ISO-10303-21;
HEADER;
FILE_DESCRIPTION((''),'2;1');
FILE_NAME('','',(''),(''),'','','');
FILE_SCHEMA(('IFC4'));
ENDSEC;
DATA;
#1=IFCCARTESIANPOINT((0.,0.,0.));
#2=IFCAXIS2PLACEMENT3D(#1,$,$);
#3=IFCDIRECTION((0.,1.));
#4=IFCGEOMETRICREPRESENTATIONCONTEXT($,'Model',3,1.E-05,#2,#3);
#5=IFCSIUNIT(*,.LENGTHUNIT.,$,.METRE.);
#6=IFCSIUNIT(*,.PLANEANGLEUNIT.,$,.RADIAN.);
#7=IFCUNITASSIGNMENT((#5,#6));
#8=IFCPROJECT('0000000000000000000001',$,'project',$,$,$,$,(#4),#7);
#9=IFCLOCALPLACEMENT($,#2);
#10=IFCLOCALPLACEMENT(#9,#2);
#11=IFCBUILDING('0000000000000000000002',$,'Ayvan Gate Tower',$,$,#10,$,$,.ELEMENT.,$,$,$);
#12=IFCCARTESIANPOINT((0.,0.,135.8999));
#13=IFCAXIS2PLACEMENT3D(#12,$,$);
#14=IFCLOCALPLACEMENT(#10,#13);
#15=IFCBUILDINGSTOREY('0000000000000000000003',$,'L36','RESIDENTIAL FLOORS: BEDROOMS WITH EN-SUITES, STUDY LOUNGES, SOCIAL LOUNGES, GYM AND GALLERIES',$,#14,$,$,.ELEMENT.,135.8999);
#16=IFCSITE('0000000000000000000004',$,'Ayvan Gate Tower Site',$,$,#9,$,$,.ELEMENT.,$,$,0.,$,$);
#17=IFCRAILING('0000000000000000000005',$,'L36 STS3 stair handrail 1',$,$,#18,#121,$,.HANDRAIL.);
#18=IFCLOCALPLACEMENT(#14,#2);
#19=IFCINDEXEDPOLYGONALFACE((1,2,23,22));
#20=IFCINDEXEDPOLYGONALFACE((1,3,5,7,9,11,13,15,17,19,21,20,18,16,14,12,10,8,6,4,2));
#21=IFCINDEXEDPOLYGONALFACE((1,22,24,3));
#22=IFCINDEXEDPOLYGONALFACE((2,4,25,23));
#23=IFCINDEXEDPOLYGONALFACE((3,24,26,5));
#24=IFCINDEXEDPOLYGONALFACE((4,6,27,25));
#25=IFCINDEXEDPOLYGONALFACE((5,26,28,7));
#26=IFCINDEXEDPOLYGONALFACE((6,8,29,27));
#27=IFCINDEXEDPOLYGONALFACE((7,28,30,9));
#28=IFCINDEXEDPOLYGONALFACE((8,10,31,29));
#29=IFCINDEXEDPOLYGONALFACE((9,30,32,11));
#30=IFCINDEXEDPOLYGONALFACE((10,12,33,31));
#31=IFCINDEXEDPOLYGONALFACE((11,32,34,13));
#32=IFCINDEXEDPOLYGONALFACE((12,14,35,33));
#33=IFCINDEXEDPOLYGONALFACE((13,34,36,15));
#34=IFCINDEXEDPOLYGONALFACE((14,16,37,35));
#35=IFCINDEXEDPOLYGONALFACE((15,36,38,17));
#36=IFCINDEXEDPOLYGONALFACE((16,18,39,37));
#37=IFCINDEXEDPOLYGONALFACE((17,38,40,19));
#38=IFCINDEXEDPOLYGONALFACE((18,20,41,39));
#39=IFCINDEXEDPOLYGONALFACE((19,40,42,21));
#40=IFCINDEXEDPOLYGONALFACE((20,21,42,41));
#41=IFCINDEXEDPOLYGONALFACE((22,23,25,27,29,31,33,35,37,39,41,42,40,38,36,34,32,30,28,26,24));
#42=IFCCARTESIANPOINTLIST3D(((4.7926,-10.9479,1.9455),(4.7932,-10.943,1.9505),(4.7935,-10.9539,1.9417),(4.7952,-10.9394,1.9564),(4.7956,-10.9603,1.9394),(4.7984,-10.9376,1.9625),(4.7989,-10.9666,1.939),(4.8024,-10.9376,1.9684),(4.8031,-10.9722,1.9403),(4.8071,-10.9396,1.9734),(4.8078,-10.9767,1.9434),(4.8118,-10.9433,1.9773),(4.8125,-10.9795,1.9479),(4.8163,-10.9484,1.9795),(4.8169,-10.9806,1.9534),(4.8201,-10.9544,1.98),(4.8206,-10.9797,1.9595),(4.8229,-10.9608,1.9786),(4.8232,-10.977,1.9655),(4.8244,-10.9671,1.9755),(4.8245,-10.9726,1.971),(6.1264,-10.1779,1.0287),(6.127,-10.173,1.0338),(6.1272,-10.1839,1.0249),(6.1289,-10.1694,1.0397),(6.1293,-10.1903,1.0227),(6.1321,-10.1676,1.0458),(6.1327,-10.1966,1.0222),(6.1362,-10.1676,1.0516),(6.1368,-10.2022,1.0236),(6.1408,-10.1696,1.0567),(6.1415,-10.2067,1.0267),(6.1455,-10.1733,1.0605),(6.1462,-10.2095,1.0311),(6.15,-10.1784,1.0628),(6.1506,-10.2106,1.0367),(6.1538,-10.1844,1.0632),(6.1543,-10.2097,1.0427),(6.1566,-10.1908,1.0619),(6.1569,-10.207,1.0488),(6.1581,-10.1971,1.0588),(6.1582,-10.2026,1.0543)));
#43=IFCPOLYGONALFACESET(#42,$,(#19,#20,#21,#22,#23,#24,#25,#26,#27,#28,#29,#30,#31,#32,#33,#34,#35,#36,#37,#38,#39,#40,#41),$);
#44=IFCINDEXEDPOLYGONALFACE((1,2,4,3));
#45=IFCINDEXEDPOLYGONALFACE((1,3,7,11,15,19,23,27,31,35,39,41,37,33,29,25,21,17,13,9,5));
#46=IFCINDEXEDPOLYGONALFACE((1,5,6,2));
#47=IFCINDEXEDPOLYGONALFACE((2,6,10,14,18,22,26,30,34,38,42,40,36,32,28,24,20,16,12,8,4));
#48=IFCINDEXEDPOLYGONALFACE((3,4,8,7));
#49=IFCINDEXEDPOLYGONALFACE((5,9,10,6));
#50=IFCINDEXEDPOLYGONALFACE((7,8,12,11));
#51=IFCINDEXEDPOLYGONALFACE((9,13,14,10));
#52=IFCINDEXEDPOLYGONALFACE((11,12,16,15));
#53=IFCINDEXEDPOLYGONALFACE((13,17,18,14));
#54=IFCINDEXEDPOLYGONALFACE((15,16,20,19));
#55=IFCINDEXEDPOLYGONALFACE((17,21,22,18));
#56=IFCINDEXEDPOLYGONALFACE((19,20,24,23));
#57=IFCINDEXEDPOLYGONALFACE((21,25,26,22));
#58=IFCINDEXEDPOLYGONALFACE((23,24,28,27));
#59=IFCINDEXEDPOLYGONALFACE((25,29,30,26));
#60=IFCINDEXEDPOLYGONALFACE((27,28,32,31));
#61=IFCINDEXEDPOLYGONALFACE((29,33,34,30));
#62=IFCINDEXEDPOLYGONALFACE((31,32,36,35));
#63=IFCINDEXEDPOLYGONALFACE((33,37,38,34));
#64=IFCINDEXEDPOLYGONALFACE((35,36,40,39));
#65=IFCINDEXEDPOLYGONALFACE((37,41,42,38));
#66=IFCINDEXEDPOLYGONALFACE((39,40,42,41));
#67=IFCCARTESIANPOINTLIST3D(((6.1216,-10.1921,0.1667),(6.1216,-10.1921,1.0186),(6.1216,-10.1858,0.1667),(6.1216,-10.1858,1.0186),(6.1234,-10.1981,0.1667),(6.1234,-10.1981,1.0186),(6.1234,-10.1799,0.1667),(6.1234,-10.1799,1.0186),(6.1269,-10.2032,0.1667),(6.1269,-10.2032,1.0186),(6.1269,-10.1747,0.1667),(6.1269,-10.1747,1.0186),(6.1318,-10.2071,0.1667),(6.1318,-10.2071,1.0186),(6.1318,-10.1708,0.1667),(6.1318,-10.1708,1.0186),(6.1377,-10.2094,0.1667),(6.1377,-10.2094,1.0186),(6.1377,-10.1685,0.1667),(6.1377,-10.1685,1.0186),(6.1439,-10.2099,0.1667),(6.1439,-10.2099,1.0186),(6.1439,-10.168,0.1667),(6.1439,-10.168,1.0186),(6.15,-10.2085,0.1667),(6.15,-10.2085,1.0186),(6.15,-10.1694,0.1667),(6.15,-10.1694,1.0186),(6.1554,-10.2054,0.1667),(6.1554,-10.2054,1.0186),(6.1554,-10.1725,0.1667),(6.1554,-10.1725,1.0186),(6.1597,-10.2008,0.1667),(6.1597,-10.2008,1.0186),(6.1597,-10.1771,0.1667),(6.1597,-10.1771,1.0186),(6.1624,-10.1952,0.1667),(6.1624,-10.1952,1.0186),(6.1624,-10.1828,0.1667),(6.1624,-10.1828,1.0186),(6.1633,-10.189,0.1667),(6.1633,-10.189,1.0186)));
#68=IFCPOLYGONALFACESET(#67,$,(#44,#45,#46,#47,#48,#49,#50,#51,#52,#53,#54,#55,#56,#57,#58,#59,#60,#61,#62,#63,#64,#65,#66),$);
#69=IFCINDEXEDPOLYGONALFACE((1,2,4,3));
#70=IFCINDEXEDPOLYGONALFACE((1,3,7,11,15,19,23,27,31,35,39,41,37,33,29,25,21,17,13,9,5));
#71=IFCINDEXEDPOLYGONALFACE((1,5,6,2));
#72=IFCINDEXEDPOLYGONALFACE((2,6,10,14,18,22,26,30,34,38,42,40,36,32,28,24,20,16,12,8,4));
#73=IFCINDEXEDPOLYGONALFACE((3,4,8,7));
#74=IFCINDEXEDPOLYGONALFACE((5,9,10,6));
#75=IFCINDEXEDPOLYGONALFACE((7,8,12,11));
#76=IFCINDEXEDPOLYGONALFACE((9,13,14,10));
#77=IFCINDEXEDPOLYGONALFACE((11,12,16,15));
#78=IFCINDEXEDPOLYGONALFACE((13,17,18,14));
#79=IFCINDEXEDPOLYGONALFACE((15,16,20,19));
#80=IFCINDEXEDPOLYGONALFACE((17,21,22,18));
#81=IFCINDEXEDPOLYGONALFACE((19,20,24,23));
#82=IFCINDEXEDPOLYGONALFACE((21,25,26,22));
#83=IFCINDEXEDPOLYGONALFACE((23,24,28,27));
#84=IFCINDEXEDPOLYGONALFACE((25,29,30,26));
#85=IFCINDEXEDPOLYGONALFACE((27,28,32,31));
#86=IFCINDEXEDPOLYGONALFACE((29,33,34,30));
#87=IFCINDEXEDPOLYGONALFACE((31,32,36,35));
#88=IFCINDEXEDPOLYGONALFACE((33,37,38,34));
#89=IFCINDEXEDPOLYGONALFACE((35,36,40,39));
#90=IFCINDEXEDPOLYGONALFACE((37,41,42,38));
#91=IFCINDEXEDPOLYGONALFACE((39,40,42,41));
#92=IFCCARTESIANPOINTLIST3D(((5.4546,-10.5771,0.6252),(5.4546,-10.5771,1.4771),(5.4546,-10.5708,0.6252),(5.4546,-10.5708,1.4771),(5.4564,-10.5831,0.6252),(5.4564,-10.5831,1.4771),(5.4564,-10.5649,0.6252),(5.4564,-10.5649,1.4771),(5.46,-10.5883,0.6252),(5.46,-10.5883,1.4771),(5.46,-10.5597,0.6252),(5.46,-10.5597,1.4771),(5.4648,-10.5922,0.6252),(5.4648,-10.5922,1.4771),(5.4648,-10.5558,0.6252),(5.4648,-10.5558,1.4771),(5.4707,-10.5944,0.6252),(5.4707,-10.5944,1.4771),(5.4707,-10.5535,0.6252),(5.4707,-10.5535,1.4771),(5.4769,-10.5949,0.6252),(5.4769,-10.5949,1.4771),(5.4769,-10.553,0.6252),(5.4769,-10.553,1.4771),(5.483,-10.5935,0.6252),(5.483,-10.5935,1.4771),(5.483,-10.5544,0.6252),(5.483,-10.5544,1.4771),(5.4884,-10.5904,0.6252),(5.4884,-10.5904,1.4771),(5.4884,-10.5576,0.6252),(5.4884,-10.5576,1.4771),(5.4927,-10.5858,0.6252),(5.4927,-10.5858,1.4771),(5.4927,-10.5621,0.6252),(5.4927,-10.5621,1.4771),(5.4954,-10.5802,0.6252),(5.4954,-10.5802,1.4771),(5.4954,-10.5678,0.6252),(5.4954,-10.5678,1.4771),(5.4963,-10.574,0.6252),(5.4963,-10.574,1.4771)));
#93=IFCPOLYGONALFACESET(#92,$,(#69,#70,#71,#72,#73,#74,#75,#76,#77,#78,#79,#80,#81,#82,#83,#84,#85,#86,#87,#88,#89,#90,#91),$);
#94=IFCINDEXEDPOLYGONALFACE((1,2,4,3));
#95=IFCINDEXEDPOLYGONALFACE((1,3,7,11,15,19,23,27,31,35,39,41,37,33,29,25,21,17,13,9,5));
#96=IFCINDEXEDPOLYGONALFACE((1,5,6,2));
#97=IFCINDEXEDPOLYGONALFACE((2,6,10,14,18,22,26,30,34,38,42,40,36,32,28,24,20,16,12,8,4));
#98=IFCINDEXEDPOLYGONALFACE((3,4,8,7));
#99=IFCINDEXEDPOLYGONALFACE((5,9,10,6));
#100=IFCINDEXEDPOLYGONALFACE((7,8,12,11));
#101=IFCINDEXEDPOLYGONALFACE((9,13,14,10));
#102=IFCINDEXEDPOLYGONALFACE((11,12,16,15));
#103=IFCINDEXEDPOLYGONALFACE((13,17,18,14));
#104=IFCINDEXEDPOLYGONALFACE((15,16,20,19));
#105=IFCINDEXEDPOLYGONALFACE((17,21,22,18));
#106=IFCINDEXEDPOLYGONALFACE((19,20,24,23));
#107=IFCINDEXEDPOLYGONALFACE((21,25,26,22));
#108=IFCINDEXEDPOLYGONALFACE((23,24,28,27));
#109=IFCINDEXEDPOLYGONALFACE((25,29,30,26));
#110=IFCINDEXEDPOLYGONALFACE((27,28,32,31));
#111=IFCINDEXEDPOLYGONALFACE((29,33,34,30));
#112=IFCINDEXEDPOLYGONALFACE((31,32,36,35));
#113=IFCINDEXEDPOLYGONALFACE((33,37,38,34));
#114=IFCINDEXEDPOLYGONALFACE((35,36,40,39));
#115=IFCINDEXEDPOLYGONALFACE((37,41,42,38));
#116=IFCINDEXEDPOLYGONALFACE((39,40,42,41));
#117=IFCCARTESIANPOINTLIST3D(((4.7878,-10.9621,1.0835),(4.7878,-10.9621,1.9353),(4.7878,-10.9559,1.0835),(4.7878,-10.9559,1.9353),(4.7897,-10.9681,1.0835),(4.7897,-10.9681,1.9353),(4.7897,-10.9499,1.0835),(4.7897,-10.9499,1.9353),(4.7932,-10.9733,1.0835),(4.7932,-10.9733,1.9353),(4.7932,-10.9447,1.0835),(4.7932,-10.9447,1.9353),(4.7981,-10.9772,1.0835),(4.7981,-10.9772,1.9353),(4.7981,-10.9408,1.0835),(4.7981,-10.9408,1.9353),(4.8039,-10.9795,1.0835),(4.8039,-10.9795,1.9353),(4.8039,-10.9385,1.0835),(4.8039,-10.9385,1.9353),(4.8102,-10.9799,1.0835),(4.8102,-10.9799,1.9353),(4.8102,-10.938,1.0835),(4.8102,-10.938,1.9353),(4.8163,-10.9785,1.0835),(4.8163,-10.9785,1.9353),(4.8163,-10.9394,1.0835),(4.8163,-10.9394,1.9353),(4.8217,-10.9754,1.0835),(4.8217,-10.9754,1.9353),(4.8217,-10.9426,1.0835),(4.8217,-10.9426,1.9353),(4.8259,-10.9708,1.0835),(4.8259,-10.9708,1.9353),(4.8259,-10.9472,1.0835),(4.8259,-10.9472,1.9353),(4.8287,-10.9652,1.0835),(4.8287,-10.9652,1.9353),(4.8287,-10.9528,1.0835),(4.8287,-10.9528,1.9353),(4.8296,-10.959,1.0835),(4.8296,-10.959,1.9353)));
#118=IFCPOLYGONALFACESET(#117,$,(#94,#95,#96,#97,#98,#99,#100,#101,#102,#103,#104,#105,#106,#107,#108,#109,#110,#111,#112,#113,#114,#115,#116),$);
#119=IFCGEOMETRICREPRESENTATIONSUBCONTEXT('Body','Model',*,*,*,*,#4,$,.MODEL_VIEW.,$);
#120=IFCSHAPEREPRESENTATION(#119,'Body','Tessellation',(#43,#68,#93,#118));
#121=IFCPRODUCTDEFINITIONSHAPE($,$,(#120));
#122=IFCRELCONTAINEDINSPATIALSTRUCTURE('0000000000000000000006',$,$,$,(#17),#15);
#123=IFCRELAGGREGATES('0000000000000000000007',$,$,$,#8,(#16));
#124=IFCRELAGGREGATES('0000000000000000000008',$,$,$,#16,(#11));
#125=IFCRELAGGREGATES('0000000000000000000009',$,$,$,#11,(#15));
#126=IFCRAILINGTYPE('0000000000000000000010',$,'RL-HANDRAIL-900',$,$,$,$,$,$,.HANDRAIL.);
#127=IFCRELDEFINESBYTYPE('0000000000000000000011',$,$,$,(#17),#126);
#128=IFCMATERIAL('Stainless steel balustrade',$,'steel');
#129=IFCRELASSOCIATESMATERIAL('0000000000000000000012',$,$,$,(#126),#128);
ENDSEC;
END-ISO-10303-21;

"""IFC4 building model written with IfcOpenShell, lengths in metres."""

from ifc_helpers import new_model, si_unit, direction, frame, origin, origin_2d, place, context, subcontext, project, spatial, circle, extrude, material, type_object, element, save


model = new_model("IFC4")

# Units and contexts
model_context = context("Model", 3, precision=1e-05, world=origin(), true_north=direction((0.0, 1.0)))
body_context = subcontext(model_context, "Body", "Model", "MODEL_VIEW")
ifc_project = project(units=[si_unit("LENGTHUNIT", "METRE"), si_unit("PLANEANGLEUNIT", "RADIAN")], contexts=[model_context])

# Site, building, storey
site_placement = place(None, origin())
site = spatial("IfcSite", under=ifc_project, at=site_placement, Name="Ayvan Gate Tower Site", CompositionType="ELEMENT", RefElevation=0.0)
building_placement = place(site_placement, origin())
building = spatial("IfcBuilding", under=site, at=building_placement, Name="Ayvan Gate Tower", CompositionType="ELEMENT")
storey_placement = place(building_placement, frame((0.0, 0.0, 135.8999)))
storey = spatial("IfcBuildingStorey", under=building, at=storey_placement, Name="L36", Description="RESIDENTIAL FLOORS: BEDROOMS WITH EN-SUITES, STUDY LOUNGES, SOCIAL LOUNGES, GYM AND GALLERIES", CompositionType="ELEMENT", Elevation=135.8999)

# Railing
ifc_material_1 = material(Name="Stainless steel balustrade", Category="steel")
railing_type_1 = type_object("IfcRailingType", Name="RL-HANDRAIL-900", PredefinedType="HANDRAIL", material=ifc_material_1)
railing_1_placement = place(storey_placement, frame((6.1423, -10.189, 0.1667)))
element("IfcRailing", 1, at=railing_1_placement, inside=storey, type_object=railing_type_1, Name="L36 STS3 stair handrail 1", PredefinedType="HANDRAIL", context=body_context, shape_type="SweptSolid", body=[
    extrude(circle(Radius=0.0239, at=origin_2d()), frame((0.0, 0.0, 0.876), z_axis=(-0.744164, -0.429634, 0.511502), x_axis=(0.499992, -0.86603, 0.0)), (0.0, 0.0, 1.0), 1.7922),
    extrude(circle(Radius=0.021, at=origin_2d()), origin(), (0.0, 0.0, 1.0), 0.8518),
    extrude(circle(Radius=0.021, at=origin_2d()), frame((-0.667, -0.385, 0.4585)), (0.0, 0.0, 1.0), 0.8518),
    extrude(circle(Radius=0.021, at=origin_2d()), frame((-1.3337, -0.77, 0.9167)), (0.0, 0.0, 1.0), 0.8518),
])

save(model, "model.ifc")
